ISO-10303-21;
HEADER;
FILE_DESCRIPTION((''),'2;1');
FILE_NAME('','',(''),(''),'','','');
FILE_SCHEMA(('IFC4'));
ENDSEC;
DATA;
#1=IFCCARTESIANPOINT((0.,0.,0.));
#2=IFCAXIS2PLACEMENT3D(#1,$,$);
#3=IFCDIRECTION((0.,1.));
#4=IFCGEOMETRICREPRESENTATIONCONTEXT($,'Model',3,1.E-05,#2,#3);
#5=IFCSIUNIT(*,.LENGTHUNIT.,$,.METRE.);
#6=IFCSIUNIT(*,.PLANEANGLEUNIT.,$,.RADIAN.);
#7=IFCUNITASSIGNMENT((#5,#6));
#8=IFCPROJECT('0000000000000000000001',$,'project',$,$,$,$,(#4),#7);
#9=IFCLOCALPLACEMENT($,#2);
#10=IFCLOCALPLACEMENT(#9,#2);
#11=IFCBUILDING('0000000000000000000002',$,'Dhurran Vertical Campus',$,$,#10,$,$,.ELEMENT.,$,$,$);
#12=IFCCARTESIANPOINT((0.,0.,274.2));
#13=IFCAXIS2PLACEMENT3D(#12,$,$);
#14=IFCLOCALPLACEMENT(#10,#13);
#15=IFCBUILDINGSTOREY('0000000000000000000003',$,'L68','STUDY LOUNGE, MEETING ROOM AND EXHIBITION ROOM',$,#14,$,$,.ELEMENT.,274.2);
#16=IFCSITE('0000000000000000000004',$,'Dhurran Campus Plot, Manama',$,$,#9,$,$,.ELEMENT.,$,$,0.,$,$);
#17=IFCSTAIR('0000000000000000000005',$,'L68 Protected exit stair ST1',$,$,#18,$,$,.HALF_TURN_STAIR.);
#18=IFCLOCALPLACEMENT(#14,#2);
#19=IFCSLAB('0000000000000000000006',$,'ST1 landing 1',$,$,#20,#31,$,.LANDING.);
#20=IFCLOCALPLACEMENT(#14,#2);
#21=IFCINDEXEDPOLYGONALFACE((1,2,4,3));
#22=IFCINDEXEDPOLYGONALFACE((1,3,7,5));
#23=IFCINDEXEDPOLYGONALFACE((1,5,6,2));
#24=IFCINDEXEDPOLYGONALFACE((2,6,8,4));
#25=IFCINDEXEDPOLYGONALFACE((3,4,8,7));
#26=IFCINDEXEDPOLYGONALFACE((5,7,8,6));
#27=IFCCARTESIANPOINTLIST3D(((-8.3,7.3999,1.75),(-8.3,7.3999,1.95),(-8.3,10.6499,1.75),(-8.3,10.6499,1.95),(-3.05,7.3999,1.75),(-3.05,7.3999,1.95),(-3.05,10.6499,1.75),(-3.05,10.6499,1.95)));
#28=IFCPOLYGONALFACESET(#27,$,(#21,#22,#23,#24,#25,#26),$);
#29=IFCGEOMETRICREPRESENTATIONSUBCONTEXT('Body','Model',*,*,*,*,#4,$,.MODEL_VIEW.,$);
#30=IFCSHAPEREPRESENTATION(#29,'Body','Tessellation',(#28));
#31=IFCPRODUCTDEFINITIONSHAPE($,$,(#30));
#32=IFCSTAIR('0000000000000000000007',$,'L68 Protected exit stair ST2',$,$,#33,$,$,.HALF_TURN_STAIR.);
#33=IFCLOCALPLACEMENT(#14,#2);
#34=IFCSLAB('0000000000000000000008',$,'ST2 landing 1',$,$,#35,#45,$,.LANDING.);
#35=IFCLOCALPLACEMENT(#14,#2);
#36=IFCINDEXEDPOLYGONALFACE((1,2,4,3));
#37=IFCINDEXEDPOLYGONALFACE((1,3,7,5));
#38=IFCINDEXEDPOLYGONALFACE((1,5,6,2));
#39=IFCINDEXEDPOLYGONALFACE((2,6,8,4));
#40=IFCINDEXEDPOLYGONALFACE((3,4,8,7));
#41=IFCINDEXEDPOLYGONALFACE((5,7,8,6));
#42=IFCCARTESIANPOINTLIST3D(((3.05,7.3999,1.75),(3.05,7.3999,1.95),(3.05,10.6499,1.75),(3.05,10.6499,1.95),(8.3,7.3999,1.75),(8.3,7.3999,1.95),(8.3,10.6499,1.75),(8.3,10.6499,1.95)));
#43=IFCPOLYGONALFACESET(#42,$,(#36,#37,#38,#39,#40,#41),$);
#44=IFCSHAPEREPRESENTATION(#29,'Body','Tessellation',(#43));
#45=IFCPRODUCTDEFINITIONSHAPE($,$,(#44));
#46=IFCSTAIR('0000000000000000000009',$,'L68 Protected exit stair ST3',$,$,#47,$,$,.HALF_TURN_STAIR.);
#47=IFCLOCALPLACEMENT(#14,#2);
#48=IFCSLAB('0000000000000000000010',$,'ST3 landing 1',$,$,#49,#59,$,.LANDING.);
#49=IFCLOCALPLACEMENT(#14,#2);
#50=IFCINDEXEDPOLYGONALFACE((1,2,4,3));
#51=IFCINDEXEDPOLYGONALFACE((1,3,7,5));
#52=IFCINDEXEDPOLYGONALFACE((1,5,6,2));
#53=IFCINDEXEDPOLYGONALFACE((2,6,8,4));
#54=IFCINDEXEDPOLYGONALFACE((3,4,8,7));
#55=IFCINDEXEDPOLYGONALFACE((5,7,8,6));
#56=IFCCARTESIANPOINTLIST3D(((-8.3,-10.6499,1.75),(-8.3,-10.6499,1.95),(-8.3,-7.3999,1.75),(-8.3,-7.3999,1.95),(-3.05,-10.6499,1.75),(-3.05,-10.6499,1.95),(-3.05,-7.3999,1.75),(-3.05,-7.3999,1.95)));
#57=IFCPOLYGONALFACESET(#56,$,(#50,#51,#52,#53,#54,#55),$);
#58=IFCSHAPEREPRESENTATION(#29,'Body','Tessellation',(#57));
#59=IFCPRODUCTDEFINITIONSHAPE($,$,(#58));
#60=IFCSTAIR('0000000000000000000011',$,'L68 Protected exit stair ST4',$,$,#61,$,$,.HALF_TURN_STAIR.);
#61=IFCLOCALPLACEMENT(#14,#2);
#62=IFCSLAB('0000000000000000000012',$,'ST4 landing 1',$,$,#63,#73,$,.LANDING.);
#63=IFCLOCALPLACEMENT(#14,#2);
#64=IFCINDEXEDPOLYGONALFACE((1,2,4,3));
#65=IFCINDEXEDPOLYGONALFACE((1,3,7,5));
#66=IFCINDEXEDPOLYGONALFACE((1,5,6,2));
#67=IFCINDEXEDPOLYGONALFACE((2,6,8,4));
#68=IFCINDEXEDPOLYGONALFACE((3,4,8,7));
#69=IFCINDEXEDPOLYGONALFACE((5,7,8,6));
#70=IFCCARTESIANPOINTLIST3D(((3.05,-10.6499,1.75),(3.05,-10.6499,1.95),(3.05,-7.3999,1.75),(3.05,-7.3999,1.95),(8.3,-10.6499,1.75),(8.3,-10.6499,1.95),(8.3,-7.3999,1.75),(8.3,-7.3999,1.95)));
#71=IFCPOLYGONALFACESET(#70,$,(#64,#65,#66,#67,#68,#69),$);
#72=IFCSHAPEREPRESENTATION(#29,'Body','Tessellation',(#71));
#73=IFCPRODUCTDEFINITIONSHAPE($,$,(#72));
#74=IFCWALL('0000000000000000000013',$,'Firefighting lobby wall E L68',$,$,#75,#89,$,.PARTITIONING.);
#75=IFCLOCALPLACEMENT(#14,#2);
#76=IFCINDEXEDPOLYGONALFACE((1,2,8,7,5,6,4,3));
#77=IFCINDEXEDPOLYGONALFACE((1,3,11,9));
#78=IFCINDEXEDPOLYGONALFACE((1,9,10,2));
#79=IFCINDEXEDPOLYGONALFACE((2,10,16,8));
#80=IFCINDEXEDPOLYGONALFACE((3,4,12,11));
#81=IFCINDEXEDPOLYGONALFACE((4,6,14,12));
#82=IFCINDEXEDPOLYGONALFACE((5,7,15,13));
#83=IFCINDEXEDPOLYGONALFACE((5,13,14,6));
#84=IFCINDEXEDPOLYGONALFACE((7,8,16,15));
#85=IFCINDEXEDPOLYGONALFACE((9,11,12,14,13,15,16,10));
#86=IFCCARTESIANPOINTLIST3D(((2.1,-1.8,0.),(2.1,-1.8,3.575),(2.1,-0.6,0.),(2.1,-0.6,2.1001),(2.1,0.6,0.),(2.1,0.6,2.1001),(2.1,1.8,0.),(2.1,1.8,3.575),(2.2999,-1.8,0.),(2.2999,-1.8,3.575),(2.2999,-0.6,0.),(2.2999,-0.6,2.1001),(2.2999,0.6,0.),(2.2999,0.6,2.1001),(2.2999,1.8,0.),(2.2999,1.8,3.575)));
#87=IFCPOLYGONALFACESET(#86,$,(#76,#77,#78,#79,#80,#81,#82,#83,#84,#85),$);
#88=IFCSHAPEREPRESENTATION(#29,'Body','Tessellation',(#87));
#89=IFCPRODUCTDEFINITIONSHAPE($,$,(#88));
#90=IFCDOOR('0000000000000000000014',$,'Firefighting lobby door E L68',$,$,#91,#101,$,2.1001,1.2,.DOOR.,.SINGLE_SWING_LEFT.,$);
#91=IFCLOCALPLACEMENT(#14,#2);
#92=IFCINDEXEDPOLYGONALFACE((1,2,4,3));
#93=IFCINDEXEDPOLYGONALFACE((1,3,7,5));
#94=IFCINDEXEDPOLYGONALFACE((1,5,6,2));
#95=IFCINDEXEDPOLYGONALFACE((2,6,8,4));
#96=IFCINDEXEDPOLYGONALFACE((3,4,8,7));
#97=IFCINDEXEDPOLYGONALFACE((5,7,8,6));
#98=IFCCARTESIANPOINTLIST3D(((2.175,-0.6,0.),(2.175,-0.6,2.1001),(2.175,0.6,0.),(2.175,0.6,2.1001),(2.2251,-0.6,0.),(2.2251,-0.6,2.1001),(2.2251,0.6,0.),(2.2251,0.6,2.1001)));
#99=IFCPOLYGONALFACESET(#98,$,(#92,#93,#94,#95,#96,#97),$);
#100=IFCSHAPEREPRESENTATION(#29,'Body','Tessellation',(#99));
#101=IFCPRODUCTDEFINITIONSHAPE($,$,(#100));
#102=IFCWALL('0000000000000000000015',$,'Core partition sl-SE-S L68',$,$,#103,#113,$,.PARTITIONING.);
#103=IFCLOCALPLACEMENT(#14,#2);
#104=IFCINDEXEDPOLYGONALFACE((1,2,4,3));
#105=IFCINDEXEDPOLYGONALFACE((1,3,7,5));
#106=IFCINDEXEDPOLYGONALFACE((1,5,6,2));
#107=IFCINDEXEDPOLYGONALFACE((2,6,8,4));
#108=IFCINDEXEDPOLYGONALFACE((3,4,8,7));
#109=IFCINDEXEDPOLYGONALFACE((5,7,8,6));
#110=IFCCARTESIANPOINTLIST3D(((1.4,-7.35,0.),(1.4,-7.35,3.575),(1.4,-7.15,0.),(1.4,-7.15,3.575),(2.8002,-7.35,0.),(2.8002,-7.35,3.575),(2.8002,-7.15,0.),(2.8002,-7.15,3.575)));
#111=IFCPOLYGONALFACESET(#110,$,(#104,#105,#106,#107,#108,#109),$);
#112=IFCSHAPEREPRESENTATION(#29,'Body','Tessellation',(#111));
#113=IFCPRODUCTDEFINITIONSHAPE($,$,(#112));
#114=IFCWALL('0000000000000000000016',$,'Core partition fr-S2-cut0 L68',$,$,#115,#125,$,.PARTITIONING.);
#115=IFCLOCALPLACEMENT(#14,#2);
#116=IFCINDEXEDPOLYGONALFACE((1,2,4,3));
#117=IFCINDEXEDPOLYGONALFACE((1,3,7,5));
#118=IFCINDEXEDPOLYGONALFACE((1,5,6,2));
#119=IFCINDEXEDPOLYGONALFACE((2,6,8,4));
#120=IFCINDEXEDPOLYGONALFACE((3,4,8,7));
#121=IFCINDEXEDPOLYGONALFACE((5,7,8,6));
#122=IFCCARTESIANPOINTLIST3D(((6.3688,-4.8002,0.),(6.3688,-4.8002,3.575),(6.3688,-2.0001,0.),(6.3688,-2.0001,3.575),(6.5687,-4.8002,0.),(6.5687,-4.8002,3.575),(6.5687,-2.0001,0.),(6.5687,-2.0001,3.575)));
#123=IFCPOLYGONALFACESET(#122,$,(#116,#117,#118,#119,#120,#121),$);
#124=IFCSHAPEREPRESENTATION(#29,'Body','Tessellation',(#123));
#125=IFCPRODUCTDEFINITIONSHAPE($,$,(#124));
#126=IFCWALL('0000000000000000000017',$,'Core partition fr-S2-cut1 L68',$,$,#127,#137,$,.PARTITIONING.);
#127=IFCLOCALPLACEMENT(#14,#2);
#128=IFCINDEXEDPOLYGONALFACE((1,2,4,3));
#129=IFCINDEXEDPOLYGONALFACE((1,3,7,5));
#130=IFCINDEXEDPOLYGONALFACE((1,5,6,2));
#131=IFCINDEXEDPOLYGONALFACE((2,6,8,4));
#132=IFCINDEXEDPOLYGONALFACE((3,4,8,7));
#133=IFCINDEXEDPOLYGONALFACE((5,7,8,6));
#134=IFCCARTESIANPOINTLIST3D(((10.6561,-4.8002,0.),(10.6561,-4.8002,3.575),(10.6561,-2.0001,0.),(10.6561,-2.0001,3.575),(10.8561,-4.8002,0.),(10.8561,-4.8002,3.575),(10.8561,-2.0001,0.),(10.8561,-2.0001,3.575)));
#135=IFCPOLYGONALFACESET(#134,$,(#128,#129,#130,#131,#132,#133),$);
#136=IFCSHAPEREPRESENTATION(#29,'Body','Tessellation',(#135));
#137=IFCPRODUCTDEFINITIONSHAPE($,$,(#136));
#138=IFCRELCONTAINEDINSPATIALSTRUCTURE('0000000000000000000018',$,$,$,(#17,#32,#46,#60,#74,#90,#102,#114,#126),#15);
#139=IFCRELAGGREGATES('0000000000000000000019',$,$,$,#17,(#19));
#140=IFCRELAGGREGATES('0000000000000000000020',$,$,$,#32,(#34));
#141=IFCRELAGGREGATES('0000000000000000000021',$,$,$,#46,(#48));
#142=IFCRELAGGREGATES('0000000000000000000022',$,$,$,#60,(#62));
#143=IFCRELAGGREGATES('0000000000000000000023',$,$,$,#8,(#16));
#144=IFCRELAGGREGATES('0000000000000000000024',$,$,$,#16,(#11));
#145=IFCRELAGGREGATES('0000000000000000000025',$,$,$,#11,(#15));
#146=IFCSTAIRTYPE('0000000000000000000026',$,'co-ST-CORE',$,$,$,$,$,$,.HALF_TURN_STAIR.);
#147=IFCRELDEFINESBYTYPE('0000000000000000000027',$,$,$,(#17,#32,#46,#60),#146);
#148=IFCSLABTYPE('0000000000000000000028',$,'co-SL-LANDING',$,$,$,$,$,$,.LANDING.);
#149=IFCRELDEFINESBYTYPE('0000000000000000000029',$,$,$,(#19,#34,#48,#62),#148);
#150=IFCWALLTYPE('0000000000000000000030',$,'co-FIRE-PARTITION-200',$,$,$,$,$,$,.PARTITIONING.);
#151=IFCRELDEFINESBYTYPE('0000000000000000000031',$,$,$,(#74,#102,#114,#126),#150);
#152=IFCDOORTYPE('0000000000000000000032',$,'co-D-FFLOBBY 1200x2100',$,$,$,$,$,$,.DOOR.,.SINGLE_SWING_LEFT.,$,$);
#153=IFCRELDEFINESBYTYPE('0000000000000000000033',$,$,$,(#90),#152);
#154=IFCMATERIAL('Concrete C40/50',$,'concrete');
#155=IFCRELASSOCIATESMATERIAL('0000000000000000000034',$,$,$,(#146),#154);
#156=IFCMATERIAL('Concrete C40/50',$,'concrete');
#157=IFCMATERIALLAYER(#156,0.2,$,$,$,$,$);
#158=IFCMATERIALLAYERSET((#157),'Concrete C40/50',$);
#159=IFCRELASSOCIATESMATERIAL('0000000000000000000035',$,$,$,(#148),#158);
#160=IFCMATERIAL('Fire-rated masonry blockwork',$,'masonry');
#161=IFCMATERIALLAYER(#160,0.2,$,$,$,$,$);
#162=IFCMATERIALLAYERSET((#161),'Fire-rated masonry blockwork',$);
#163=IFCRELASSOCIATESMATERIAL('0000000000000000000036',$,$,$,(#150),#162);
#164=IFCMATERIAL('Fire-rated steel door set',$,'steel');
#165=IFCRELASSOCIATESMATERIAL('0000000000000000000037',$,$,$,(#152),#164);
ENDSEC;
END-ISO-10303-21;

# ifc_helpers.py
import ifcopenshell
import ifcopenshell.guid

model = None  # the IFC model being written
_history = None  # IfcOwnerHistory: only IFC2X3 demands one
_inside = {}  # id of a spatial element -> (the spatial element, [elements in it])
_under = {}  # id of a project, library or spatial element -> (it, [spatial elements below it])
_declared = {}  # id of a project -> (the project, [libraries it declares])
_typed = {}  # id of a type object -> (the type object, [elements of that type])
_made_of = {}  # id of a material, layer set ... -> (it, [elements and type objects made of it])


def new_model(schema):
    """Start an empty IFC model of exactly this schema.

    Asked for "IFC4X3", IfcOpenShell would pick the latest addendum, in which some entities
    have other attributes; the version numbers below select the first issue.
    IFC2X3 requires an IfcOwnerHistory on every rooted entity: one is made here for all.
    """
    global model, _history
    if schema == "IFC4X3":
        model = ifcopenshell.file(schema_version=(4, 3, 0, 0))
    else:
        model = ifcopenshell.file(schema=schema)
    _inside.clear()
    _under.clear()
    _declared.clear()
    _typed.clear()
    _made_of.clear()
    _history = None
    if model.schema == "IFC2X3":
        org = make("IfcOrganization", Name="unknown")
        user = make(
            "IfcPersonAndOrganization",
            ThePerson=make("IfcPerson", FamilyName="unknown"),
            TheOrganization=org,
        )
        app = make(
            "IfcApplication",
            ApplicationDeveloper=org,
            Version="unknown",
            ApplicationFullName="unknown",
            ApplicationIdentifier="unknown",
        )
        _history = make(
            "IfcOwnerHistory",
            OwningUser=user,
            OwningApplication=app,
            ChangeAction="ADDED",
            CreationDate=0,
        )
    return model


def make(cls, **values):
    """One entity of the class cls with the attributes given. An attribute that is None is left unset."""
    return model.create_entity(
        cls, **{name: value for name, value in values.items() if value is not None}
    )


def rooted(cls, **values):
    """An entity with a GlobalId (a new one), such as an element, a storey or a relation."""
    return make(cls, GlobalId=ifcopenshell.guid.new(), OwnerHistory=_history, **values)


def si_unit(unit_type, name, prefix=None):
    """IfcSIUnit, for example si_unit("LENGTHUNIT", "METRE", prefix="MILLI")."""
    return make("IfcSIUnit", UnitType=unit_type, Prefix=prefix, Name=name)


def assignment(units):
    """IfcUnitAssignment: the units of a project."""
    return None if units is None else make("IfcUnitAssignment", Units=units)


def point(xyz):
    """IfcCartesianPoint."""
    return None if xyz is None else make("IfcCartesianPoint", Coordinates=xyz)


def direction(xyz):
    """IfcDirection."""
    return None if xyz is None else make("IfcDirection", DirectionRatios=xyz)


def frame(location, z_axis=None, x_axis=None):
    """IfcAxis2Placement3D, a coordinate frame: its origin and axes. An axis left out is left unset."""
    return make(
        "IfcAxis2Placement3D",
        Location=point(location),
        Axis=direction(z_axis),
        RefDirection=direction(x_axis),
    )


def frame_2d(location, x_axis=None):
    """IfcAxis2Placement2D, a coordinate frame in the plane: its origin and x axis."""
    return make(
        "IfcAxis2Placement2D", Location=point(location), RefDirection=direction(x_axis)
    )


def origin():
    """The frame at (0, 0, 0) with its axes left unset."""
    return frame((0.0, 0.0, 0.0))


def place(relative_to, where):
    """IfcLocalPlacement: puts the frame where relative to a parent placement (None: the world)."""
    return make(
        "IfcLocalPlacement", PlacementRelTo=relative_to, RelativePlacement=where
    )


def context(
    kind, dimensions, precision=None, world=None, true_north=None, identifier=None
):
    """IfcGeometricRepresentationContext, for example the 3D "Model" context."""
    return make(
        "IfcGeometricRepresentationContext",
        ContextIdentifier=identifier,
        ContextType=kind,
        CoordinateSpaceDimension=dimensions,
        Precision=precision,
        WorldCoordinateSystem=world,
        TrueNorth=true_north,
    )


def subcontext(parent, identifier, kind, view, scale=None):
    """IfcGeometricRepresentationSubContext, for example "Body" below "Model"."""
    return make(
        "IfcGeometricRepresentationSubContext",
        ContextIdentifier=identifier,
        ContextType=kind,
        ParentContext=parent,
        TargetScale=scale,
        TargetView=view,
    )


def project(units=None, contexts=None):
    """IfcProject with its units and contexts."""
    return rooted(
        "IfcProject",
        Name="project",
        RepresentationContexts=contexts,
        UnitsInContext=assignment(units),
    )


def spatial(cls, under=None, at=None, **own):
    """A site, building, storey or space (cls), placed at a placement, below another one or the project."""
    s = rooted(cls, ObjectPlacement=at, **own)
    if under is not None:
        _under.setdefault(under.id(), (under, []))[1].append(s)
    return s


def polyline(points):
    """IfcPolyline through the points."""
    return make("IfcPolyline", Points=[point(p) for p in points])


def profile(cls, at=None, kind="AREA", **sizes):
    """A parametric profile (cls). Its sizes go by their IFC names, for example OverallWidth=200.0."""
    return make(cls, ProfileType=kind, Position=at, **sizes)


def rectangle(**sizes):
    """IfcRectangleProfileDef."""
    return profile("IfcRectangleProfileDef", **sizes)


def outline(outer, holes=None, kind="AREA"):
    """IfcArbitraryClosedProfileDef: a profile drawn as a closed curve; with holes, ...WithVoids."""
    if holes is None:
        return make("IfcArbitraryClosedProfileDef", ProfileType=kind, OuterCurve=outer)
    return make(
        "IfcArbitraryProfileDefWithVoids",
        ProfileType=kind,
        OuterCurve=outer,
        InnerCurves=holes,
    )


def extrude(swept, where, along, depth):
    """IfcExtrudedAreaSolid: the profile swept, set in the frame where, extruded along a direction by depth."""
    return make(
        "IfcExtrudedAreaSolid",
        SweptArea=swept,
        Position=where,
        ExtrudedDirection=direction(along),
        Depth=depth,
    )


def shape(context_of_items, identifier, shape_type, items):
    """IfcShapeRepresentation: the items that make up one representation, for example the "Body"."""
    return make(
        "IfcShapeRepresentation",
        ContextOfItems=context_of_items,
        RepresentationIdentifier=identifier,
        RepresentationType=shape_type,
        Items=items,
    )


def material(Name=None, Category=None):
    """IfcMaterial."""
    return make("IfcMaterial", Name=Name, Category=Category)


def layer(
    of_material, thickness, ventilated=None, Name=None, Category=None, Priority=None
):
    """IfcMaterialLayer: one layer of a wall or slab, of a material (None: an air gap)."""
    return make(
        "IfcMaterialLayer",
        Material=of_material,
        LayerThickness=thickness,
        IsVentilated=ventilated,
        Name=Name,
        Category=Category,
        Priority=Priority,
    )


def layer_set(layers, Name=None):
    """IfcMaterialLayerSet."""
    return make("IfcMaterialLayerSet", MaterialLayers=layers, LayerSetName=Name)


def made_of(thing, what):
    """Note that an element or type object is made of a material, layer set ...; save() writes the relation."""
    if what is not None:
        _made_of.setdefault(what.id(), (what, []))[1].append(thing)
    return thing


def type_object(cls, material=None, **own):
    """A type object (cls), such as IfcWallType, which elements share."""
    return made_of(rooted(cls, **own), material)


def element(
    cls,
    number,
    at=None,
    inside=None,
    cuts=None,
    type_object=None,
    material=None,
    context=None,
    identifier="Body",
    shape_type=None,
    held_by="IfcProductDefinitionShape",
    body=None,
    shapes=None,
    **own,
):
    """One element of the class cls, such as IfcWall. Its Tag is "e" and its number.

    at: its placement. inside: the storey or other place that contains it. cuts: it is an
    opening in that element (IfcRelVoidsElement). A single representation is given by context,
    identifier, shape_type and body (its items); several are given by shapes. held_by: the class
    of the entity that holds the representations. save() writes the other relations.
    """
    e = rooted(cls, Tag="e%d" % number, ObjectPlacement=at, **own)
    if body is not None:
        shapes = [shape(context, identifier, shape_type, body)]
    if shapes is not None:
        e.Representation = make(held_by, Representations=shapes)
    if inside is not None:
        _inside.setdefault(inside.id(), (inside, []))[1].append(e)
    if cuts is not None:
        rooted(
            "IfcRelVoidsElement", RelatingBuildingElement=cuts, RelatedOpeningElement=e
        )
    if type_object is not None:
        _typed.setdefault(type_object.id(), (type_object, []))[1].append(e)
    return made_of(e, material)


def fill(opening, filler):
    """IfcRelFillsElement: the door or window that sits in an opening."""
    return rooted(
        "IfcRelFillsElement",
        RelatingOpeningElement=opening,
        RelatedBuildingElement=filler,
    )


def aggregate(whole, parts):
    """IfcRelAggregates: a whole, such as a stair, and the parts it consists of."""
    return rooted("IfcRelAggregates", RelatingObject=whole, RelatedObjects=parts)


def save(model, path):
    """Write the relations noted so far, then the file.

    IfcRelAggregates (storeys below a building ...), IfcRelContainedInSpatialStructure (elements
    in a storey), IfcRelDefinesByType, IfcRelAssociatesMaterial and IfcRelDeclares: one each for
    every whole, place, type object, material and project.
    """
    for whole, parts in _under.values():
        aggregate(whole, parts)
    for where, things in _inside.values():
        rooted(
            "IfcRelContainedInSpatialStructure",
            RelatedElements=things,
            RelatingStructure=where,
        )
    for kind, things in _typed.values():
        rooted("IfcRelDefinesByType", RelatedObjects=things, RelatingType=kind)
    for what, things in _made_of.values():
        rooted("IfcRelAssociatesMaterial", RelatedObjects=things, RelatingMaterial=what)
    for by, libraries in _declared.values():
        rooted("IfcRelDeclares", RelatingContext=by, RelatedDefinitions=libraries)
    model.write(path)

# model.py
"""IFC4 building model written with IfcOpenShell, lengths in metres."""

from ifc_helpers import new_model, si_unit, direction, frame, frame_2d, origin, place, context, subcontext, project, spatial, polyline, rectangle, outline, extrude, material, layer, layer_set, type_object, element, fill, aggregate, save


model = new_model("IFC4")

# Units and contexts
model_context = context("Model", 3, precision=1e-05, world=origin(), true_north=direction((0.0, 1.0)))
body_context = subcontext(model_context, "Body", "Model", "MODEL_VIEW")
ifc_project = project(units=[si_unit("LENGTHUNIT", "METRE"), si_unit("PLANEANGLEUNIT", "RADIAN")], contexts=[model_context])

# Site, building, storey
site_placement = place(None, origin())
site = spatial("IfcSite", under=ifc_project, at=site_placement, Name="Dhurran Campus Plot, Manama", CompositionType="ELEMENT", RefElevation=0.0)
building_placement = place(site_placement, origin())
building = spatial("IfcBuilding", under=site, at=building_placement, Name="Dhurran Vertical Campus", CompositionType="ELEMENT")
storey_placement = place(building_placement, frame((0.0, 0.0, 274.2)))
storey = spatial("IfcBuildingStorey", under=building, at=storey_placement, Name="L68", Description="STUDY LOUNGE, MEETING ROOM AND EXHIBITION ROOM", CompositionType="ELEMENT", Elevation=274.2)

# Stairs, slabs
ifc_material_1 = material(Name="Concrete C40/50", Category="concrete")
stair_type = type_object("IfcStairType", Name="co-ST-CORE", PredefinedType="HALF_TURN_STAIR", material=ifc_material_1)
stair_1_placement = place(storey_placement, origin())
stair_1 = element("IfcStair", 1, at=stair_1_placement, inside=storey, type_object=stair_type, Name="L68 Protected exit stair ST1", PredefinedType="HALF_TURN_STAIR")
ifc_material_2 = material(Name="Concrete C40/50", Category="concrete")
ifc_layer_1 = layer(ifc_material_2, 0.2)
ifc_layer_set_1 = layer_set([ifc_layer_1], Name="Concrete C40/50")
slab_type = type_object("IfcSlabType", Name="co-SL-LANDING", PredefinedType="LANDING", material=ifc_layer_set_1)
slab_1_placement = place(storey_placement, frame((0.0, 0.0, 1.75)))
slab_1 = element("IfcSlab", 2, at=slab_1_placement, type_object=slab_type, Name="ST1 landing 1", PredefinedType="LANDING", context=body_context, shape_type="SweptSolid", body=[
    extrude(outline(polyline([(-8.3, 7.3999), (-3.05, 7.3999), (-3.05, 10.6499), (-8.3, 10.6499), (-8.3, 7.3999)])), origin(), (0.0, 0.0, 1.0), 0.2),
])
aggregate(stair_1, [slab_1])
stair_2_placement = place(storey_placement, origin())
stair_2 = element("IfcStair", 3, at=stair_2_placement, inside=storey, type_object=stair_type, Name="L68 Protected exit stair ST2", PredefinedType="HALF_TURN_STAIR")
slab_2_placement = place(storey_placement, frame((0.0, 0.0, 1.75)))
slab_2 = element("IfcSlab", 4, at=slab_2_placement, type_object=slab_type, Name="ST2 landing 1", PredefinedType="LANDING", context=body_context, shape_type="SweptSolid", body=[
    extrude(outline(polyline([(8.3, 10.6499), (3.05, 10.6499), (3.05, 7.3999), (8.3, 7.3999), (8.3, 10.6499)])), origin(), (0.0, 0.0, 1.0), 0.2),
])
aggregate(stair_2, [slab_2])
stair_3_placement = place(storey_placement, origin())
stair_3 = element("IfcStair", 5, at=stair_3_placement, inside=storey, type_object=stair_type, Name="L68 Protected exit stair ST3", PredefinedType="HALF_TURN_STAIR")
slab_3_placement = place(storey_placement, frame((0.0, 0.0, 1.75)))
slab_3 = element("IfcSlab", 6, at=slab_3_placement, type_object=slab_type, Name="ST3 landing 1", PredefinedType="LANDING", context=body_context, shape_type="SweptSolid", body=[
    extrude(outline(polyline([(-8.3, -10.6499), (-3.05, -10.6499), (-3.05, -7.3999), (-8.3, -7.3999), (-8.3, -10.6499)])), origin(), (0.0, 0.0, 1.0), 0.2),
])
aggregate(stair_3, [slab_3])
stair_4_placement = place(storey_placement, origin())
stair_4 = element("IfcStair", 7, at=stair_4_placement, inside=storey, type_object=stair_type, Name="L68 Protected exit stair ST4", PredefinedType="HALF_TURN_STAIR")
slab_4_placement = place(storey_placement, frame((0.0, 0.0, 1.75)))
slab_4 = element("IfcSlab", 8, at=slab_4_placement, type_object=slab_type, Name="ST4 landing 1", PredefinedType="LANDING", context=body_context, shape_type="SweptSolid", body=[
    extrude(outline(polyline([(8.3, -7.3999), (3.05, -7.3999), (3.05, -10.6499), (8.3, -10.6499), (8.3, -7.3999)])), origin(), (0.0, 0.0, 1.0), 0.2),
])
aggregate(stair_4, [slab_4])

# Wall, opening, door
ifc_material_3 = material(Name="Fire-rated masonry blockwork", Category="masonry")
ifc_layer_2 = layer(ifc_material_3, 0.2)
ifc_layer_set_2 = layer_set([ifc_layer_2], Name="Fire-rated masonry blockwork")
wall_type_1 = type_object("IfcWallType", Name="co-FIRE-PARTITION-200", PredefinedType="PARTITIONING", material=ifc_layer_set_2)
wall_1_placement = place(storey_placement, frame((2.2, -1.8, 0.0), z_axis=(0.0, 0.0, 1.0), x_axis=(0.0, 1.0, 0.0)))
wall_1 = element("IfcWall", 9, at=wall_1_placement, inside=storey, type_object=wall_type_1, Name="Firefighting lobby wall E L68", PredefinedType="PARTITIONING", context=body_context, shape_type="SweptSolid", body=[
    extrude(rectangle(XDim=3.6001, YDim=0.2, at=frame_2d((1.8, 0.0))), origin(), (0.0, 0.0, 1.0), 3.575),
])
opening_1_placement = place(wall_1_placement, frame((1.2, 0.0, 0.0)))
opening_1 = element("IfcOpeningElement", 10, at=opening_1_placement, cuts=wall_1, PredefinedType="OPENING", context=body_context, shape_type="SweptSolid", body=[
    extrude(rectangle(XDim=1.2, YDim=2.1001, at=frame_2d((0.6001, 1.05))), frame((0.0, 0.1099, 0.0), z_axis=(0.0, -1.0, 0.0), x_axis=(1.0, 0.0, 0.0)), (0.0, 0.0, 1.0), 0.22),
])
ifc_material_4 = material(Name="Fire-rated steel door set", Category="steel")
door_type_1 = type_object("IfcDoorType", Name="co-D-FFLOBBY 1200x2100", OperationType="SINGLE_SWING_LEFT", PredefinedType="DOOR", material=ifc_material_4)
door_1_placement = place(opening_1_placement, origin())
door_1 = element("IfcDoor", 11, at=door_1_placement, inside=storey, type_object=door_type_1, Name="Firefighting lobby door E L68", OperationType="SINGLE_SWING_LEFT", OverallHeight=2.1001, OverallWidth=1.2, PredefinedType="DOOR", context=body_context, shape_type="SweptSolid", body=[
    extrude(rectangle(XDim=1.2, YDim=2.1001, at=frame_2d((0.6001, 1.05))), frame((0.0, 0.0249, 0.0), z_axis=(0.0, -1.0, 0.0), x_axis=(1.0, 0.0, 0.0)), (0.0, 0.0, 1.0), 0.05),
])
fill(opening_1, door_1)

# Walls
wall_2_placement = place(storey_placement, frame((1.3999, -7.25, 0.0), z_axis=(0.0, 0.0, 1.0), x_axis=(1.0, 0.0, 0.0)))
element("IfcWall", 12, at=wall_2_placement, inside=storey, type_object=wall_type_1, Name="Core partition sl-SE-S L68", PredefinedType="PARTITIONING", context=body_context, shape_type="SweptSolid", body=[
    extrude(rectangle(XDim=1.4001, YDim=0.2, at=frame_2d((0.7002, 0.0))), origin(), (0.0, 0.0, 1.0), 3.575),
])
for number, where, z_axis, x_axis, name in (
    (13, (6.4688, -4.8, 0.0), (0.0, 0.0, 1.0), (0.0, 1.0, 0.0), "Core partition fr-S2-cut0 L68"),
    (14, (10.7561, -4.8, 0.0), (0.0, 0.0, 1.0), (0.0, 1.0, 0.0), "Core partition fr-S2-cut1 L68"),
):
    element("IfcWall", number, at=place(storey_placement, frame(where, z_axis=z_axis, x_axis=x_axis)), inside=storey, type_object=wall_type_1, Name=name, PredefinedType="PARTITIONING", context=body_context, shape_type="SweptSolid", body=[
        extrude(rectangle(XDim=2.8, YDim=0.2, at=frame_2d((1.3999, 0.0))), origin(), (0.0, 0.0, 1.0), 3.575),
    ])

save(model, "model.ifc")
